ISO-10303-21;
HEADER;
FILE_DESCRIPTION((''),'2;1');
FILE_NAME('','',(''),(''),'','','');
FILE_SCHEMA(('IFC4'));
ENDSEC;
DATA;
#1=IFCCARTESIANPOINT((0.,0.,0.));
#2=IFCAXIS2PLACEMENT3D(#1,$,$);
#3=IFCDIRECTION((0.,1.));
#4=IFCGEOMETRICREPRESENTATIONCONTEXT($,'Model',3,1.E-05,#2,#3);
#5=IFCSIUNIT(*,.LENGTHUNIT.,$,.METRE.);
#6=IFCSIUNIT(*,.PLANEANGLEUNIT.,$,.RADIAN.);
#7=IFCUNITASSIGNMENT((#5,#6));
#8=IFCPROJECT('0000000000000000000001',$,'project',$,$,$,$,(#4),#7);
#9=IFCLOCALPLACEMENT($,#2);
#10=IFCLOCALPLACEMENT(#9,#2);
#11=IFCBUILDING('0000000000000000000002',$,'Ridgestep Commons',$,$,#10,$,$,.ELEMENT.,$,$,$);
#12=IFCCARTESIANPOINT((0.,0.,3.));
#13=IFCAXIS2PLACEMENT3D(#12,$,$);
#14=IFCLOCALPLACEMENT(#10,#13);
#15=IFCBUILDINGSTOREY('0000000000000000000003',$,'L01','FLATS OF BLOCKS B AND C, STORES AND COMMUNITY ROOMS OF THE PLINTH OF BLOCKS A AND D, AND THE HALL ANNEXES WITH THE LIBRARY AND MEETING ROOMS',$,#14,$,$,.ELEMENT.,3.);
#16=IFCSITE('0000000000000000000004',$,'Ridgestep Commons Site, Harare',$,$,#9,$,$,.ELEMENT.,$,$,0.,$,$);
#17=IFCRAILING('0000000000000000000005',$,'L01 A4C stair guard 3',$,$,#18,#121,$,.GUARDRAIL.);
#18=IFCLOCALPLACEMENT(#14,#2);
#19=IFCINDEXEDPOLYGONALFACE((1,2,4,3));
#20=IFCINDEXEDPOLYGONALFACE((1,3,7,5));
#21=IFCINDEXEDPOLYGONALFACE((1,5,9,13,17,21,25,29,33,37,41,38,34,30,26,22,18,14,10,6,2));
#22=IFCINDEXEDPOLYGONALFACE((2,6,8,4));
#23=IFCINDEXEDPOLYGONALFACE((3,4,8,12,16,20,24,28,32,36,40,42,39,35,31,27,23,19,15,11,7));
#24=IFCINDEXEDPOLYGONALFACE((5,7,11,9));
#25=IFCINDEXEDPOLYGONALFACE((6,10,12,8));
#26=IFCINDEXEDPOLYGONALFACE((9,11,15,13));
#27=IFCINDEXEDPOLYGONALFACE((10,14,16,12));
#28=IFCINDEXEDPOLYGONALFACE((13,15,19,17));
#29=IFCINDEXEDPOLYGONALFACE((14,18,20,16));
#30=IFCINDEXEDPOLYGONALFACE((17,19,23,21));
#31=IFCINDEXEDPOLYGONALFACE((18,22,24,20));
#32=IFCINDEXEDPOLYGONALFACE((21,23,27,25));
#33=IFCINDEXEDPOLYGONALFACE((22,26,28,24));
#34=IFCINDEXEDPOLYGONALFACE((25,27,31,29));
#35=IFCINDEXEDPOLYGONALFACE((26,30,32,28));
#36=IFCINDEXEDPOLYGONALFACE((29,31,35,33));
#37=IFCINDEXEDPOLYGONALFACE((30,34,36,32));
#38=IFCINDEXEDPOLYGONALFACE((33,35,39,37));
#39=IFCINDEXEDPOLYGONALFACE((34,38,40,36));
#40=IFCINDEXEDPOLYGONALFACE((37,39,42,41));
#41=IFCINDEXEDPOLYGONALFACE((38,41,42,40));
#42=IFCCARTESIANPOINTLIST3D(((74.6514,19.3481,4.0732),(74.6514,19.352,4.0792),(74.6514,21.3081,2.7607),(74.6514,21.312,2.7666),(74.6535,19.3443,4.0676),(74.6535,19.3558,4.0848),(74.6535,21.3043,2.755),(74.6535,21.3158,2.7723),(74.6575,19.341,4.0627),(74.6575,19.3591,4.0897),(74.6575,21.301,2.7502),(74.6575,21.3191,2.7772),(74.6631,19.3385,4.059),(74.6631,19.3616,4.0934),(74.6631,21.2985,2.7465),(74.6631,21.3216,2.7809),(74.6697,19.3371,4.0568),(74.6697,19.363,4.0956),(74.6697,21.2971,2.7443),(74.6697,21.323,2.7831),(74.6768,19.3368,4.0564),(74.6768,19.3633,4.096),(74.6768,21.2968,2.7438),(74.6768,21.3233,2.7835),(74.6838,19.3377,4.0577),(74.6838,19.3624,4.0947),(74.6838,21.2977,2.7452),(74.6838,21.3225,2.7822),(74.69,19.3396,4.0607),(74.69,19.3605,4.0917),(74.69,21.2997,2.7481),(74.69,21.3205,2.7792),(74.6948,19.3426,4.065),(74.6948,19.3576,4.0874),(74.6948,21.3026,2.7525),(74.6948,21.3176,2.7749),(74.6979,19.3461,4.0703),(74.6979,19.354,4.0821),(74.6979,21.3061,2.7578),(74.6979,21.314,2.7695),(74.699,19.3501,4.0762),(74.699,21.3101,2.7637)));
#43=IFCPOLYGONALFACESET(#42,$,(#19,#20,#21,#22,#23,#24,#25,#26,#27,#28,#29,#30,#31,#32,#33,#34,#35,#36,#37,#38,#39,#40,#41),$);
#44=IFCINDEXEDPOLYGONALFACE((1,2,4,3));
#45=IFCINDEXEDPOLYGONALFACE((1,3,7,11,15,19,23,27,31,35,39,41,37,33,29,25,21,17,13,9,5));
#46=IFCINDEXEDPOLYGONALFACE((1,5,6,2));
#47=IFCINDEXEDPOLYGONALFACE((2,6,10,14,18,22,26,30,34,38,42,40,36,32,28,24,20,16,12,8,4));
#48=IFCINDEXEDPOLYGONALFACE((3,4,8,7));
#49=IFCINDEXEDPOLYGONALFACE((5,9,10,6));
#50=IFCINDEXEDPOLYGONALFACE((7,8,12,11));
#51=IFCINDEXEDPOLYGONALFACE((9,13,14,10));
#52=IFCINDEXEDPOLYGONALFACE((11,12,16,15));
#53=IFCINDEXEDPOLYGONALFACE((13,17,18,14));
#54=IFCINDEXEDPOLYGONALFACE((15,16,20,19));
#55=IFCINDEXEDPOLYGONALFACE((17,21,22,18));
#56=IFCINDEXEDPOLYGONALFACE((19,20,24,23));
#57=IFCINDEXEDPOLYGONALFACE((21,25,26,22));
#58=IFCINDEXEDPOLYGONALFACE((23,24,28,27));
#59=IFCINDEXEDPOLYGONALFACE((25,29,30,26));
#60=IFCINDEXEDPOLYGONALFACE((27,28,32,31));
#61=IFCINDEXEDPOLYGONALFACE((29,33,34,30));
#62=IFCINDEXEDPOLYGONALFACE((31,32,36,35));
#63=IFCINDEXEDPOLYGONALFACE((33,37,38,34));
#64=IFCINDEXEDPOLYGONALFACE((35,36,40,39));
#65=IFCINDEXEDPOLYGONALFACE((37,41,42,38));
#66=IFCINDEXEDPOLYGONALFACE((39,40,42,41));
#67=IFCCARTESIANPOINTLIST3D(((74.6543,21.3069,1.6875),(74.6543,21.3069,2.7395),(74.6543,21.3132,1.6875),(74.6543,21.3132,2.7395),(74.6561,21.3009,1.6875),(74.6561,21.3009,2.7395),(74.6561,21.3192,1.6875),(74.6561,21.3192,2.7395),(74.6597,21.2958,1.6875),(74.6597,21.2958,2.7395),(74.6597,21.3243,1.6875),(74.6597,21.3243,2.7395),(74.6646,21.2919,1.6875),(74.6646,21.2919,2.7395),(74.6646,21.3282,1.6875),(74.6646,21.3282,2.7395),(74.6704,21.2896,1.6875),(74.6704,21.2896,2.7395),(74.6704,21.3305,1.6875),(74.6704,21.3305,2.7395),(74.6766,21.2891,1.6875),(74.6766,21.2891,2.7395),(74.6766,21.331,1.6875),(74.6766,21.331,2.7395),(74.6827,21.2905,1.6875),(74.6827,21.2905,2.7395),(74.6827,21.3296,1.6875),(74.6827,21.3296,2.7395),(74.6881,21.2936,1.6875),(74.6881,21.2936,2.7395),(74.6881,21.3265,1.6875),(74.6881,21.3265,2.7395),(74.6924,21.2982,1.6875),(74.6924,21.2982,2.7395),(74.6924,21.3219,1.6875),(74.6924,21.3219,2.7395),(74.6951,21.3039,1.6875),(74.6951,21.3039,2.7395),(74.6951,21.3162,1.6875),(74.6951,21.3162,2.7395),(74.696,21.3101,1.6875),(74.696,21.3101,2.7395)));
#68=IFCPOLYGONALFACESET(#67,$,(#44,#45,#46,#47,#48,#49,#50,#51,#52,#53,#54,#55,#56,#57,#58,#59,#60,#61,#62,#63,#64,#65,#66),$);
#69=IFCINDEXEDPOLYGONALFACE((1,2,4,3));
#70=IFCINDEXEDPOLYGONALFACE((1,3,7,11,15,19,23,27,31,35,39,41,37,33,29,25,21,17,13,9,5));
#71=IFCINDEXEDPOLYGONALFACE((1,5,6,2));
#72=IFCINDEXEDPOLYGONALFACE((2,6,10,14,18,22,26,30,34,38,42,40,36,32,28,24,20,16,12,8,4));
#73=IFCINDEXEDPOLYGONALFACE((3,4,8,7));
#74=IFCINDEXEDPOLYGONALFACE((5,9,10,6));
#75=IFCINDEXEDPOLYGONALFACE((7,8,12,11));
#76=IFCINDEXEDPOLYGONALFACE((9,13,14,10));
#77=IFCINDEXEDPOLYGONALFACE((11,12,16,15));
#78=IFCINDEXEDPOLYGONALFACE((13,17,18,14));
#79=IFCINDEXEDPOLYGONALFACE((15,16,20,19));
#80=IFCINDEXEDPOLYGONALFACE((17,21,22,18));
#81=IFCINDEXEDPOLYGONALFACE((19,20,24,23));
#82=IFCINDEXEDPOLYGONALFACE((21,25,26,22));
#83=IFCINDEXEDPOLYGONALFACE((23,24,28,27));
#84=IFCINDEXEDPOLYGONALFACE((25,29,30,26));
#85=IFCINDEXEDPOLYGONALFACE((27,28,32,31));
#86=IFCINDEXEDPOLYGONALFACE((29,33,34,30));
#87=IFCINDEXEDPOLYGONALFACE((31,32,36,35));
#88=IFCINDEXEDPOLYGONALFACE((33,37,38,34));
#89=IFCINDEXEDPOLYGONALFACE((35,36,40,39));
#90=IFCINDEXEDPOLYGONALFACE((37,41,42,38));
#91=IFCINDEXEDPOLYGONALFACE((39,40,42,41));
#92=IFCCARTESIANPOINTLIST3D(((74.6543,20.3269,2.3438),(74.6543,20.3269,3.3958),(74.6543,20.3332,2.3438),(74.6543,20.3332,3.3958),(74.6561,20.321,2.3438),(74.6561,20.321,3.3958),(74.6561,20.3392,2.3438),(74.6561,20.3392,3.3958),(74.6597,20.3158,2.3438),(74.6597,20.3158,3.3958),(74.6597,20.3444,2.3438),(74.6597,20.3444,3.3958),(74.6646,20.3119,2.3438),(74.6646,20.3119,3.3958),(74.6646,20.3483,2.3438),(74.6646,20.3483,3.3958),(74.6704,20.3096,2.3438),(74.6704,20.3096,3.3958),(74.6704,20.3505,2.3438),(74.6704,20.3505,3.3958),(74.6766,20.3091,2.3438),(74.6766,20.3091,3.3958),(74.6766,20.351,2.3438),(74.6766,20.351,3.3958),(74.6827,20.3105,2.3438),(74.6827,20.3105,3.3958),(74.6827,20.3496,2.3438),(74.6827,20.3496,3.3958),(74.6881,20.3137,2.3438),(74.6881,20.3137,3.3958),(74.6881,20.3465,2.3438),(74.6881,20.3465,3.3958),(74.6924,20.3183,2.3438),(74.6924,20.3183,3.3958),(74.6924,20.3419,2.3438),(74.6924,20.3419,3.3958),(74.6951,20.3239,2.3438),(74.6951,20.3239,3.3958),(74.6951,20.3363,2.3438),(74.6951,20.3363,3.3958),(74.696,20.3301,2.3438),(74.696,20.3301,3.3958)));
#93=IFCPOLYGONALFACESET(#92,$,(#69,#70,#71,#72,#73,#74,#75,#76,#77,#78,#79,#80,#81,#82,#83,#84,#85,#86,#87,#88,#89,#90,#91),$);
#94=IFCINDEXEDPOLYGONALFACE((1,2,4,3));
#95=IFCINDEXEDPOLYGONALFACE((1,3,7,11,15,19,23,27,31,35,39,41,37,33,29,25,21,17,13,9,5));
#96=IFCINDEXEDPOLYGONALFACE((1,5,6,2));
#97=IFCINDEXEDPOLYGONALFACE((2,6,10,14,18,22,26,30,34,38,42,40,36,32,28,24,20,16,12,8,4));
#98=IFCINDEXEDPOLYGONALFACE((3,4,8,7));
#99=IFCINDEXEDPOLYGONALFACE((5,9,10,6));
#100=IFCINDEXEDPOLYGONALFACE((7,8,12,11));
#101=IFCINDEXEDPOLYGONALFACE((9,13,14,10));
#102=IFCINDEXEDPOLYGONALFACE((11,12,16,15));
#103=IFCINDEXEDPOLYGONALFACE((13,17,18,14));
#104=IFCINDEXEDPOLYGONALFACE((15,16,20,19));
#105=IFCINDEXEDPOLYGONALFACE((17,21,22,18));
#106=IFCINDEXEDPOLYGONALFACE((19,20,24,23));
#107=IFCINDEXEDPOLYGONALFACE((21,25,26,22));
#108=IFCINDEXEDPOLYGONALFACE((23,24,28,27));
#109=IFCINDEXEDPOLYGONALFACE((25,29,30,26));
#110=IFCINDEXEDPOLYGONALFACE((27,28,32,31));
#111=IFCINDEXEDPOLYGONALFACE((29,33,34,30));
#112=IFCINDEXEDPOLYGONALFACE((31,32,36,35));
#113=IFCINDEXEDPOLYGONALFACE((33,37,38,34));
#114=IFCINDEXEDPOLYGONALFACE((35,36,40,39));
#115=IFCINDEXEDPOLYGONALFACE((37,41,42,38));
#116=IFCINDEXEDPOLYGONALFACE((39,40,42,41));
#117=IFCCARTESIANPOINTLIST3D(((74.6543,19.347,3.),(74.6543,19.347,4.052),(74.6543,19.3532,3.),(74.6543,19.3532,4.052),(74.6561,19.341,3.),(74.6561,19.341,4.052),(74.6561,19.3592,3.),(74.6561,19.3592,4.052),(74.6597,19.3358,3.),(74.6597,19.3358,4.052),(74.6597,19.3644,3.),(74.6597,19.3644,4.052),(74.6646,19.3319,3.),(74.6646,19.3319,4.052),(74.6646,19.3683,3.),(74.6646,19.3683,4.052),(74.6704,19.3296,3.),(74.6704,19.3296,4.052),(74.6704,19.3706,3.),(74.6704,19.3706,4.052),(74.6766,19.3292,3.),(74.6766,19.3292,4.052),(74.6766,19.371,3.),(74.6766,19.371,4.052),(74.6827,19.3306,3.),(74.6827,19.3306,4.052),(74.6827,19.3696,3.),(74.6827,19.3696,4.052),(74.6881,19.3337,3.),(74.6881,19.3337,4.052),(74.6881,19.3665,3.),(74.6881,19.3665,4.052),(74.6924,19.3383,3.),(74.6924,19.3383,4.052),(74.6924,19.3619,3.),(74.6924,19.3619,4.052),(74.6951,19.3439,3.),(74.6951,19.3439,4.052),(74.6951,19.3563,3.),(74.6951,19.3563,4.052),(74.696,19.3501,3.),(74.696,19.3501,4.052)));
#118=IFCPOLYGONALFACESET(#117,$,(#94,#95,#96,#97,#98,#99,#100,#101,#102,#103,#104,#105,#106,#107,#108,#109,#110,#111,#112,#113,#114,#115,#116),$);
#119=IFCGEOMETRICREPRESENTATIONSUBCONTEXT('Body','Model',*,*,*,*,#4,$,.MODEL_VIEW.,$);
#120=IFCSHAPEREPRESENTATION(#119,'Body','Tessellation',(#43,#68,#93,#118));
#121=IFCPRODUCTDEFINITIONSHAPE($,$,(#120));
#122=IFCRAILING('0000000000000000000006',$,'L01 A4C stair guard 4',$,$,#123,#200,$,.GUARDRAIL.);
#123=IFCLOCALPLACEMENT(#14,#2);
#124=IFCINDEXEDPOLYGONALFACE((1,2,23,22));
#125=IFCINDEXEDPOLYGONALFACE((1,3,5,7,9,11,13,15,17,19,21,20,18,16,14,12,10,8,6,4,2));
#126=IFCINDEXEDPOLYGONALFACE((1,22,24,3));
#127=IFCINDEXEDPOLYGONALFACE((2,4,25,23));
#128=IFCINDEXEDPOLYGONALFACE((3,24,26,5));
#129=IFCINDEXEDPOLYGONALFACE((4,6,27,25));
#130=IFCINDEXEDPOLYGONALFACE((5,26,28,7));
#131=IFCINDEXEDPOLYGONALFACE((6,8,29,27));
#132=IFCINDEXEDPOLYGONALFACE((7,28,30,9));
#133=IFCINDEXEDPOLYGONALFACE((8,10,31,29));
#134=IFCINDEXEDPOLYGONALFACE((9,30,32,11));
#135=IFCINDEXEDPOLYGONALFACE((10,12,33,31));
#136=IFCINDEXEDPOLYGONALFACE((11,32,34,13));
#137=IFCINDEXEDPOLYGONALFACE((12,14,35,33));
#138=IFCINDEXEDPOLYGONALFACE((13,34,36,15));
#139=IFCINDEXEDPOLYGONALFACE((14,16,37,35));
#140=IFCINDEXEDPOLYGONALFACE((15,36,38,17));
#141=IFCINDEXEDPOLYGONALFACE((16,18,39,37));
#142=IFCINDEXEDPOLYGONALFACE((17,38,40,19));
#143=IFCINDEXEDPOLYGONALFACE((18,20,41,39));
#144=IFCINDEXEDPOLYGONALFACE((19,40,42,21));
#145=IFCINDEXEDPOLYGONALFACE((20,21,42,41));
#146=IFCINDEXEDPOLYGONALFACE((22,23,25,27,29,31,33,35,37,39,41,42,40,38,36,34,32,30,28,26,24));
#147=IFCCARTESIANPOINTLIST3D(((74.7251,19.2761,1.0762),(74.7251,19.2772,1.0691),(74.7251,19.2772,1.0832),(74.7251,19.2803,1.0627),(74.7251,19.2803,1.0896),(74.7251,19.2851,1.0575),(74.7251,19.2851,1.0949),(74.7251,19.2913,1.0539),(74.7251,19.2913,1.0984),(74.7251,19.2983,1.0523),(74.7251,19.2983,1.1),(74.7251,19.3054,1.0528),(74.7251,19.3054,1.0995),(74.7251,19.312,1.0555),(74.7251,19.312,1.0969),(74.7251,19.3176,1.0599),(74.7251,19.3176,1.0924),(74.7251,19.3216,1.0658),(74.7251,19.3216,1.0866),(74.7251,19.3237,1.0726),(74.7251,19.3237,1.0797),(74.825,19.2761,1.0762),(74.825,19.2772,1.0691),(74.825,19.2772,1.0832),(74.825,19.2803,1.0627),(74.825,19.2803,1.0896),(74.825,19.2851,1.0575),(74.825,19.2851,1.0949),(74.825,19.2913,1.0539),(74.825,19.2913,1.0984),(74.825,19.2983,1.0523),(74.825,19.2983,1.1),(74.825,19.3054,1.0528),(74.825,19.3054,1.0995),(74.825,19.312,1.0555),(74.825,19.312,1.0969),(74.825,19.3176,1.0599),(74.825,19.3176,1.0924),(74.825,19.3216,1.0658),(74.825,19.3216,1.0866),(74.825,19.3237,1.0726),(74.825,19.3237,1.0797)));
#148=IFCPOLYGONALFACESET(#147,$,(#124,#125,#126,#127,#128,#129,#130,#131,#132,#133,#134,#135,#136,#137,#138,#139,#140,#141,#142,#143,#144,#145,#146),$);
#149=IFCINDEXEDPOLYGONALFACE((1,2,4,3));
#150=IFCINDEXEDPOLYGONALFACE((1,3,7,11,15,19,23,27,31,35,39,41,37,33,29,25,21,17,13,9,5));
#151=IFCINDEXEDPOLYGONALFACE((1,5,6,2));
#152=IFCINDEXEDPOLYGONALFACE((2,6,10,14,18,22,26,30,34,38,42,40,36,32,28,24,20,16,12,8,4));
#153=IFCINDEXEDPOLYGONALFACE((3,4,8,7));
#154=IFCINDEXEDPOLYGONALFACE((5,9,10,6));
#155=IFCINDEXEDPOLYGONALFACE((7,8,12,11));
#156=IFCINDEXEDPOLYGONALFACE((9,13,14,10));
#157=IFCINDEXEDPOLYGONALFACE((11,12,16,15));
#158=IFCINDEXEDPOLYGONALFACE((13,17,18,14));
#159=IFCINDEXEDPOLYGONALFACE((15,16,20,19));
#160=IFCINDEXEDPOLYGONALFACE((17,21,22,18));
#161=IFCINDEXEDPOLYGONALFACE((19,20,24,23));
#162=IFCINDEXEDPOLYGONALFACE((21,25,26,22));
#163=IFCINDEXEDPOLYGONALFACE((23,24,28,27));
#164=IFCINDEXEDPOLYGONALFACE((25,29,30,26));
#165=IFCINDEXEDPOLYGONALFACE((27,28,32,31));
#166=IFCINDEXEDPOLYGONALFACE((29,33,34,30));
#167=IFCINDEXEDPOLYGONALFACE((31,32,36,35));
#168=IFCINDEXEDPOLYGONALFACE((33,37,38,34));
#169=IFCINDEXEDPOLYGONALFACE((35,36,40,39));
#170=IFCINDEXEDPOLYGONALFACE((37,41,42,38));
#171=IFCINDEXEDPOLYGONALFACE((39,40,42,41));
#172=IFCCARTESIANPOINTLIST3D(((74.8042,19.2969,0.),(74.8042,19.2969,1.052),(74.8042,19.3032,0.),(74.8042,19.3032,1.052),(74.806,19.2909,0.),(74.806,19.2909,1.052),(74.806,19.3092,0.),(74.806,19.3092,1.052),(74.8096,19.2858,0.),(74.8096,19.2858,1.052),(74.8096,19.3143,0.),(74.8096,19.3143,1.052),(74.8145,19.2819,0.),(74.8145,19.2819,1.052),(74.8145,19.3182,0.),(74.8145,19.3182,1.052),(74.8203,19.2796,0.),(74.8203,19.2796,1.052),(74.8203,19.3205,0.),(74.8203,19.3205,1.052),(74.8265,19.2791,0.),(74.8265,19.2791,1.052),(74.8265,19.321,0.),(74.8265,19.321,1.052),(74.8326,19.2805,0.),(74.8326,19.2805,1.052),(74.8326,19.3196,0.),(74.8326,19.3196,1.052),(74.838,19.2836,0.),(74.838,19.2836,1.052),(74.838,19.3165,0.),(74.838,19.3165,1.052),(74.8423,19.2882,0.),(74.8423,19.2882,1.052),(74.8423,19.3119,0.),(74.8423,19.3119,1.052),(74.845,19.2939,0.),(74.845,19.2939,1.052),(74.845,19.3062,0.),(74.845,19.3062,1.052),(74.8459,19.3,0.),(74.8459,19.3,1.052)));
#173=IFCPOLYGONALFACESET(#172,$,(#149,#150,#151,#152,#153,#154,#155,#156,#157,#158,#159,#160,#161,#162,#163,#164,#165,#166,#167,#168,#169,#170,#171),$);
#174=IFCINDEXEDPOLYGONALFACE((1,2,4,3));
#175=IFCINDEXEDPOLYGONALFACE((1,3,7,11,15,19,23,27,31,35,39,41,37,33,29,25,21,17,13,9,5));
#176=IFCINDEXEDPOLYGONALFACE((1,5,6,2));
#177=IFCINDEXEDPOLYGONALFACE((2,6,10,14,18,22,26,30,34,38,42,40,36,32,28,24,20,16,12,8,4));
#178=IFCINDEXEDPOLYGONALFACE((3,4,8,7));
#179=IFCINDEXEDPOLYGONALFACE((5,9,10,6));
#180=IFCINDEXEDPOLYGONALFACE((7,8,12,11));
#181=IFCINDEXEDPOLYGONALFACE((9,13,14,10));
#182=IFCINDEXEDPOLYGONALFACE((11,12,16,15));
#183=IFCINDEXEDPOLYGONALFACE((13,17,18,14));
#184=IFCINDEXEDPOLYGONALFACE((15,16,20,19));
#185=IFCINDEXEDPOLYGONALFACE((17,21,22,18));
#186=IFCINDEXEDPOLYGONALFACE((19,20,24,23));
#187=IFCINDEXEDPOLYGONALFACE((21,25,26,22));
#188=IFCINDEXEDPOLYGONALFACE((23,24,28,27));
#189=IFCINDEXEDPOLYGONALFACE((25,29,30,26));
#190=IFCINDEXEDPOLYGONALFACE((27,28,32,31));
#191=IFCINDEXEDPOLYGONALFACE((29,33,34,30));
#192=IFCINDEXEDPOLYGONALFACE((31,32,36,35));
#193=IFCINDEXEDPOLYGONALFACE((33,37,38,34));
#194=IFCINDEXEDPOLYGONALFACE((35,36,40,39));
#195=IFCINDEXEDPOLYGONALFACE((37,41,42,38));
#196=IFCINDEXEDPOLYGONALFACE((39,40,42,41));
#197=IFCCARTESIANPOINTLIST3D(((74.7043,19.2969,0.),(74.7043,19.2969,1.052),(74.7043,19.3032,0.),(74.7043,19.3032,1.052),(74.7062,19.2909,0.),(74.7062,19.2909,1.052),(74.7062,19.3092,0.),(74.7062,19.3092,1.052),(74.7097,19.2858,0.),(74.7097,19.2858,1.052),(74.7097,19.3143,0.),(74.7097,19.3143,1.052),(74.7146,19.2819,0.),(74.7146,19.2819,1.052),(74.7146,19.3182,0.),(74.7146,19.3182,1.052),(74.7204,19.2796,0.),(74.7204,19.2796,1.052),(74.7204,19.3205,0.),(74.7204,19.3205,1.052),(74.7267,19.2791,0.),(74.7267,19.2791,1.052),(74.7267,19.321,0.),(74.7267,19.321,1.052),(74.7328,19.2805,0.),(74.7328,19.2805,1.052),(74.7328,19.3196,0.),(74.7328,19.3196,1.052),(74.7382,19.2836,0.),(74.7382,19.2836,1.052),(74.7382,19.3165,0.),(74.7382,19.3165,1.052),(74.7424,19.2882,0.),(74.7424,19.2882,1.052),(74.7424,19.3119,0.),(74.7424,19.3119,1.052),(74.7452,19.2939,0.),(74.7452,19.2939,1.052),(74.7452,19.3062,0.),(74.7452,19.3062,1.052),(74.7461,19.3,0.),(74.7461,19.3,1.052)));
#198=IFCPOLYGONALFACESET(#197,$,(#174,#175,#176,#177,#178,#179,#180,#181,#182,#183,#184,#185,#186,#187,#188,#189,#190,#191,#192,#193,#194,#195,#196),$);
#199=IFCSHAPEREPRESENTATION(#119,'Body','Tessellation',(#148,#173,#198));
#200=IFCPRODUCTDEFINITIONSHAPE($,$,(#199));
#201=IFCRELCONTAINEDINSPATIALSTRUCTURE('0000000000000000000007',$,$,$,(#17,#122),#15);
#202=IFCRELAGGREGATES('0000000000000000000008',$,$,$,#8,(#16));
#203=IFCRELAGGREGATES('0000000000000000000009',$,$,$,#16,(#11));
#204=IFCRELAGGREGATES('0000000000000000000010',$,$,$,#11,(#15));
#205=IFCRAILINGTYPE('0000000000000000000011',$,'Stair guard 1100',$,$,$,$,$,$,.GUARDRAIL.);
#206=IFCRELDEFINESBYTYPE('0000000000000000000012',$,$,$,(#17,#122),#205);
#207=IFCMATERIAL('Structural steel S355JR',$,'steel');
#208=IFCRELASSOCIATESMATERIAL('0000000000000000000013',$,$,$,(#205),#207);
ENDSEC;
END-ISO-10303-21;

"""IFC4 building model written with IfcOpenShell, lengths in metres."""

from ifc_helpers import new_model, si_unit, direction, frame, origin, origin_2d, place, context, subcontext, project, spatial, circle, extrude, material, type_object, element, save


model = new_model("IFC4")

# Units and contexts
model_context = context("Model", 3, precision=1e-05, world=origin(), true_north=direction((0.0, 1.0)))
body_context = subcontext(model_context, "Body", "Model", "MODEL_VIEW")
ifc_project = project(units=[si_unit("LENGTHUNIT", "METRE"), si_unit("PLANEANGLEUNIT", "RADIAN")], contexts=[model_context])

# Site, building, storey
site_placement = place(None, origin())
site = spatial("IfcSite", under=ifc_project, at=site_placement, Name="Ridgestep Commons Site, Harare", CompositionType="ELEMENT", RefElevation=0.0)
building_placement = place(site_placement, origin())
building = spatial("IfcBuilding", under=site, at=building_placement, Name="Ridgestep Commons", CompositionType="ELEMENT")
storey_placement = place(building_placement, frame((0.0, 0.0, 3.0)))
storey = spatial("IfcBuildingStorey", under=building, at=storey_placement, Name="L01", Description="FLATS OF BLOCKS B AND C, STORES AND COMMUNITY ROOMS OF THE PLINTH OF BLOCKS A AND D, AND THE HALL ANNEXES WITH THE LIBRARY AND MEETING ROOMS", CompositionType="ELEMENT", Elevation=3.0)

# Railings
ifc_material_1 = material(Name="Structural steel S355JR", Category="steel")
railing_type_1 = type_object("IfcRailingType", Name="Stair guard 1100", PredefinedType="GUARDRAIL", material=ifc_material_1)
railing_1_placement = place(storey_placement, frame((74.675, 21.3101, 1.6875)))
element("IfcRailing", 1, at=railing_1_placement, inside=storey, type_object=railing_type_1, Name="L01 A4C stair guard 3", PredefinedType="GUARDRAIL", context=body_context, shape_type="SweptSolid", body=[
    extrude(circle(Radius=0.0239, at=origin_2d()), frame((0.0, 0.0, 1.0762), z_axis=(0.0, -0.830902, 0.556419), x_axis=(1.0, 0.0, 0.0)), (0.0, 0.0, 1.0), 2.3589),
    extrude(circle(Radius=0.021, at=origin_2d()), origin(), (0.0, 0.0, 1.0), 1.052),
    extrude(circle(Radius=0.021, at=origin_2d()), frame((0.0, -0.98, 0.6562)), (0.0, 0.0, 1.0), 1.052),
    extrude(circle(Radius=0.021, at=origin_2d()), frame((0.0, -1.96, 1.3125)), (0.0, 0.0, 1.0), 1.052),
])
railing_2_placement = place(storey_placement, frame((74.825, 19.3, 0.0)))
element("IfcRailing", 2, at=railing_2_placement, inside=storey, type_object=railing_type_1, Name="L01 A4C stair guard 4", PredefinedType="GUARDRAIL", context=body_context, shape_type="SweptSolid", body=[
    extrude(circle(Radius=0.0239, at=origin_2d()), frame((0.0, 0.0, 1.0762), z_axis=(-1.0, 0.0, 0.0), x_axis=(0.0, -1.0, 0.0)), (0.0, 0.0, 1.0), 0.0999),
    extrude(circle(Radius=0.021, at=origin_2d()), origin(), (0.0, 0.0, 1.0), 1.052),
    extrude(circle(Radius=0.021, at=origin_2d()), frame((-0.0999, 0.0, 0.0)), (0.0, 0.0, 1.0), 1.052),
])

save(model, "model.ifc")
